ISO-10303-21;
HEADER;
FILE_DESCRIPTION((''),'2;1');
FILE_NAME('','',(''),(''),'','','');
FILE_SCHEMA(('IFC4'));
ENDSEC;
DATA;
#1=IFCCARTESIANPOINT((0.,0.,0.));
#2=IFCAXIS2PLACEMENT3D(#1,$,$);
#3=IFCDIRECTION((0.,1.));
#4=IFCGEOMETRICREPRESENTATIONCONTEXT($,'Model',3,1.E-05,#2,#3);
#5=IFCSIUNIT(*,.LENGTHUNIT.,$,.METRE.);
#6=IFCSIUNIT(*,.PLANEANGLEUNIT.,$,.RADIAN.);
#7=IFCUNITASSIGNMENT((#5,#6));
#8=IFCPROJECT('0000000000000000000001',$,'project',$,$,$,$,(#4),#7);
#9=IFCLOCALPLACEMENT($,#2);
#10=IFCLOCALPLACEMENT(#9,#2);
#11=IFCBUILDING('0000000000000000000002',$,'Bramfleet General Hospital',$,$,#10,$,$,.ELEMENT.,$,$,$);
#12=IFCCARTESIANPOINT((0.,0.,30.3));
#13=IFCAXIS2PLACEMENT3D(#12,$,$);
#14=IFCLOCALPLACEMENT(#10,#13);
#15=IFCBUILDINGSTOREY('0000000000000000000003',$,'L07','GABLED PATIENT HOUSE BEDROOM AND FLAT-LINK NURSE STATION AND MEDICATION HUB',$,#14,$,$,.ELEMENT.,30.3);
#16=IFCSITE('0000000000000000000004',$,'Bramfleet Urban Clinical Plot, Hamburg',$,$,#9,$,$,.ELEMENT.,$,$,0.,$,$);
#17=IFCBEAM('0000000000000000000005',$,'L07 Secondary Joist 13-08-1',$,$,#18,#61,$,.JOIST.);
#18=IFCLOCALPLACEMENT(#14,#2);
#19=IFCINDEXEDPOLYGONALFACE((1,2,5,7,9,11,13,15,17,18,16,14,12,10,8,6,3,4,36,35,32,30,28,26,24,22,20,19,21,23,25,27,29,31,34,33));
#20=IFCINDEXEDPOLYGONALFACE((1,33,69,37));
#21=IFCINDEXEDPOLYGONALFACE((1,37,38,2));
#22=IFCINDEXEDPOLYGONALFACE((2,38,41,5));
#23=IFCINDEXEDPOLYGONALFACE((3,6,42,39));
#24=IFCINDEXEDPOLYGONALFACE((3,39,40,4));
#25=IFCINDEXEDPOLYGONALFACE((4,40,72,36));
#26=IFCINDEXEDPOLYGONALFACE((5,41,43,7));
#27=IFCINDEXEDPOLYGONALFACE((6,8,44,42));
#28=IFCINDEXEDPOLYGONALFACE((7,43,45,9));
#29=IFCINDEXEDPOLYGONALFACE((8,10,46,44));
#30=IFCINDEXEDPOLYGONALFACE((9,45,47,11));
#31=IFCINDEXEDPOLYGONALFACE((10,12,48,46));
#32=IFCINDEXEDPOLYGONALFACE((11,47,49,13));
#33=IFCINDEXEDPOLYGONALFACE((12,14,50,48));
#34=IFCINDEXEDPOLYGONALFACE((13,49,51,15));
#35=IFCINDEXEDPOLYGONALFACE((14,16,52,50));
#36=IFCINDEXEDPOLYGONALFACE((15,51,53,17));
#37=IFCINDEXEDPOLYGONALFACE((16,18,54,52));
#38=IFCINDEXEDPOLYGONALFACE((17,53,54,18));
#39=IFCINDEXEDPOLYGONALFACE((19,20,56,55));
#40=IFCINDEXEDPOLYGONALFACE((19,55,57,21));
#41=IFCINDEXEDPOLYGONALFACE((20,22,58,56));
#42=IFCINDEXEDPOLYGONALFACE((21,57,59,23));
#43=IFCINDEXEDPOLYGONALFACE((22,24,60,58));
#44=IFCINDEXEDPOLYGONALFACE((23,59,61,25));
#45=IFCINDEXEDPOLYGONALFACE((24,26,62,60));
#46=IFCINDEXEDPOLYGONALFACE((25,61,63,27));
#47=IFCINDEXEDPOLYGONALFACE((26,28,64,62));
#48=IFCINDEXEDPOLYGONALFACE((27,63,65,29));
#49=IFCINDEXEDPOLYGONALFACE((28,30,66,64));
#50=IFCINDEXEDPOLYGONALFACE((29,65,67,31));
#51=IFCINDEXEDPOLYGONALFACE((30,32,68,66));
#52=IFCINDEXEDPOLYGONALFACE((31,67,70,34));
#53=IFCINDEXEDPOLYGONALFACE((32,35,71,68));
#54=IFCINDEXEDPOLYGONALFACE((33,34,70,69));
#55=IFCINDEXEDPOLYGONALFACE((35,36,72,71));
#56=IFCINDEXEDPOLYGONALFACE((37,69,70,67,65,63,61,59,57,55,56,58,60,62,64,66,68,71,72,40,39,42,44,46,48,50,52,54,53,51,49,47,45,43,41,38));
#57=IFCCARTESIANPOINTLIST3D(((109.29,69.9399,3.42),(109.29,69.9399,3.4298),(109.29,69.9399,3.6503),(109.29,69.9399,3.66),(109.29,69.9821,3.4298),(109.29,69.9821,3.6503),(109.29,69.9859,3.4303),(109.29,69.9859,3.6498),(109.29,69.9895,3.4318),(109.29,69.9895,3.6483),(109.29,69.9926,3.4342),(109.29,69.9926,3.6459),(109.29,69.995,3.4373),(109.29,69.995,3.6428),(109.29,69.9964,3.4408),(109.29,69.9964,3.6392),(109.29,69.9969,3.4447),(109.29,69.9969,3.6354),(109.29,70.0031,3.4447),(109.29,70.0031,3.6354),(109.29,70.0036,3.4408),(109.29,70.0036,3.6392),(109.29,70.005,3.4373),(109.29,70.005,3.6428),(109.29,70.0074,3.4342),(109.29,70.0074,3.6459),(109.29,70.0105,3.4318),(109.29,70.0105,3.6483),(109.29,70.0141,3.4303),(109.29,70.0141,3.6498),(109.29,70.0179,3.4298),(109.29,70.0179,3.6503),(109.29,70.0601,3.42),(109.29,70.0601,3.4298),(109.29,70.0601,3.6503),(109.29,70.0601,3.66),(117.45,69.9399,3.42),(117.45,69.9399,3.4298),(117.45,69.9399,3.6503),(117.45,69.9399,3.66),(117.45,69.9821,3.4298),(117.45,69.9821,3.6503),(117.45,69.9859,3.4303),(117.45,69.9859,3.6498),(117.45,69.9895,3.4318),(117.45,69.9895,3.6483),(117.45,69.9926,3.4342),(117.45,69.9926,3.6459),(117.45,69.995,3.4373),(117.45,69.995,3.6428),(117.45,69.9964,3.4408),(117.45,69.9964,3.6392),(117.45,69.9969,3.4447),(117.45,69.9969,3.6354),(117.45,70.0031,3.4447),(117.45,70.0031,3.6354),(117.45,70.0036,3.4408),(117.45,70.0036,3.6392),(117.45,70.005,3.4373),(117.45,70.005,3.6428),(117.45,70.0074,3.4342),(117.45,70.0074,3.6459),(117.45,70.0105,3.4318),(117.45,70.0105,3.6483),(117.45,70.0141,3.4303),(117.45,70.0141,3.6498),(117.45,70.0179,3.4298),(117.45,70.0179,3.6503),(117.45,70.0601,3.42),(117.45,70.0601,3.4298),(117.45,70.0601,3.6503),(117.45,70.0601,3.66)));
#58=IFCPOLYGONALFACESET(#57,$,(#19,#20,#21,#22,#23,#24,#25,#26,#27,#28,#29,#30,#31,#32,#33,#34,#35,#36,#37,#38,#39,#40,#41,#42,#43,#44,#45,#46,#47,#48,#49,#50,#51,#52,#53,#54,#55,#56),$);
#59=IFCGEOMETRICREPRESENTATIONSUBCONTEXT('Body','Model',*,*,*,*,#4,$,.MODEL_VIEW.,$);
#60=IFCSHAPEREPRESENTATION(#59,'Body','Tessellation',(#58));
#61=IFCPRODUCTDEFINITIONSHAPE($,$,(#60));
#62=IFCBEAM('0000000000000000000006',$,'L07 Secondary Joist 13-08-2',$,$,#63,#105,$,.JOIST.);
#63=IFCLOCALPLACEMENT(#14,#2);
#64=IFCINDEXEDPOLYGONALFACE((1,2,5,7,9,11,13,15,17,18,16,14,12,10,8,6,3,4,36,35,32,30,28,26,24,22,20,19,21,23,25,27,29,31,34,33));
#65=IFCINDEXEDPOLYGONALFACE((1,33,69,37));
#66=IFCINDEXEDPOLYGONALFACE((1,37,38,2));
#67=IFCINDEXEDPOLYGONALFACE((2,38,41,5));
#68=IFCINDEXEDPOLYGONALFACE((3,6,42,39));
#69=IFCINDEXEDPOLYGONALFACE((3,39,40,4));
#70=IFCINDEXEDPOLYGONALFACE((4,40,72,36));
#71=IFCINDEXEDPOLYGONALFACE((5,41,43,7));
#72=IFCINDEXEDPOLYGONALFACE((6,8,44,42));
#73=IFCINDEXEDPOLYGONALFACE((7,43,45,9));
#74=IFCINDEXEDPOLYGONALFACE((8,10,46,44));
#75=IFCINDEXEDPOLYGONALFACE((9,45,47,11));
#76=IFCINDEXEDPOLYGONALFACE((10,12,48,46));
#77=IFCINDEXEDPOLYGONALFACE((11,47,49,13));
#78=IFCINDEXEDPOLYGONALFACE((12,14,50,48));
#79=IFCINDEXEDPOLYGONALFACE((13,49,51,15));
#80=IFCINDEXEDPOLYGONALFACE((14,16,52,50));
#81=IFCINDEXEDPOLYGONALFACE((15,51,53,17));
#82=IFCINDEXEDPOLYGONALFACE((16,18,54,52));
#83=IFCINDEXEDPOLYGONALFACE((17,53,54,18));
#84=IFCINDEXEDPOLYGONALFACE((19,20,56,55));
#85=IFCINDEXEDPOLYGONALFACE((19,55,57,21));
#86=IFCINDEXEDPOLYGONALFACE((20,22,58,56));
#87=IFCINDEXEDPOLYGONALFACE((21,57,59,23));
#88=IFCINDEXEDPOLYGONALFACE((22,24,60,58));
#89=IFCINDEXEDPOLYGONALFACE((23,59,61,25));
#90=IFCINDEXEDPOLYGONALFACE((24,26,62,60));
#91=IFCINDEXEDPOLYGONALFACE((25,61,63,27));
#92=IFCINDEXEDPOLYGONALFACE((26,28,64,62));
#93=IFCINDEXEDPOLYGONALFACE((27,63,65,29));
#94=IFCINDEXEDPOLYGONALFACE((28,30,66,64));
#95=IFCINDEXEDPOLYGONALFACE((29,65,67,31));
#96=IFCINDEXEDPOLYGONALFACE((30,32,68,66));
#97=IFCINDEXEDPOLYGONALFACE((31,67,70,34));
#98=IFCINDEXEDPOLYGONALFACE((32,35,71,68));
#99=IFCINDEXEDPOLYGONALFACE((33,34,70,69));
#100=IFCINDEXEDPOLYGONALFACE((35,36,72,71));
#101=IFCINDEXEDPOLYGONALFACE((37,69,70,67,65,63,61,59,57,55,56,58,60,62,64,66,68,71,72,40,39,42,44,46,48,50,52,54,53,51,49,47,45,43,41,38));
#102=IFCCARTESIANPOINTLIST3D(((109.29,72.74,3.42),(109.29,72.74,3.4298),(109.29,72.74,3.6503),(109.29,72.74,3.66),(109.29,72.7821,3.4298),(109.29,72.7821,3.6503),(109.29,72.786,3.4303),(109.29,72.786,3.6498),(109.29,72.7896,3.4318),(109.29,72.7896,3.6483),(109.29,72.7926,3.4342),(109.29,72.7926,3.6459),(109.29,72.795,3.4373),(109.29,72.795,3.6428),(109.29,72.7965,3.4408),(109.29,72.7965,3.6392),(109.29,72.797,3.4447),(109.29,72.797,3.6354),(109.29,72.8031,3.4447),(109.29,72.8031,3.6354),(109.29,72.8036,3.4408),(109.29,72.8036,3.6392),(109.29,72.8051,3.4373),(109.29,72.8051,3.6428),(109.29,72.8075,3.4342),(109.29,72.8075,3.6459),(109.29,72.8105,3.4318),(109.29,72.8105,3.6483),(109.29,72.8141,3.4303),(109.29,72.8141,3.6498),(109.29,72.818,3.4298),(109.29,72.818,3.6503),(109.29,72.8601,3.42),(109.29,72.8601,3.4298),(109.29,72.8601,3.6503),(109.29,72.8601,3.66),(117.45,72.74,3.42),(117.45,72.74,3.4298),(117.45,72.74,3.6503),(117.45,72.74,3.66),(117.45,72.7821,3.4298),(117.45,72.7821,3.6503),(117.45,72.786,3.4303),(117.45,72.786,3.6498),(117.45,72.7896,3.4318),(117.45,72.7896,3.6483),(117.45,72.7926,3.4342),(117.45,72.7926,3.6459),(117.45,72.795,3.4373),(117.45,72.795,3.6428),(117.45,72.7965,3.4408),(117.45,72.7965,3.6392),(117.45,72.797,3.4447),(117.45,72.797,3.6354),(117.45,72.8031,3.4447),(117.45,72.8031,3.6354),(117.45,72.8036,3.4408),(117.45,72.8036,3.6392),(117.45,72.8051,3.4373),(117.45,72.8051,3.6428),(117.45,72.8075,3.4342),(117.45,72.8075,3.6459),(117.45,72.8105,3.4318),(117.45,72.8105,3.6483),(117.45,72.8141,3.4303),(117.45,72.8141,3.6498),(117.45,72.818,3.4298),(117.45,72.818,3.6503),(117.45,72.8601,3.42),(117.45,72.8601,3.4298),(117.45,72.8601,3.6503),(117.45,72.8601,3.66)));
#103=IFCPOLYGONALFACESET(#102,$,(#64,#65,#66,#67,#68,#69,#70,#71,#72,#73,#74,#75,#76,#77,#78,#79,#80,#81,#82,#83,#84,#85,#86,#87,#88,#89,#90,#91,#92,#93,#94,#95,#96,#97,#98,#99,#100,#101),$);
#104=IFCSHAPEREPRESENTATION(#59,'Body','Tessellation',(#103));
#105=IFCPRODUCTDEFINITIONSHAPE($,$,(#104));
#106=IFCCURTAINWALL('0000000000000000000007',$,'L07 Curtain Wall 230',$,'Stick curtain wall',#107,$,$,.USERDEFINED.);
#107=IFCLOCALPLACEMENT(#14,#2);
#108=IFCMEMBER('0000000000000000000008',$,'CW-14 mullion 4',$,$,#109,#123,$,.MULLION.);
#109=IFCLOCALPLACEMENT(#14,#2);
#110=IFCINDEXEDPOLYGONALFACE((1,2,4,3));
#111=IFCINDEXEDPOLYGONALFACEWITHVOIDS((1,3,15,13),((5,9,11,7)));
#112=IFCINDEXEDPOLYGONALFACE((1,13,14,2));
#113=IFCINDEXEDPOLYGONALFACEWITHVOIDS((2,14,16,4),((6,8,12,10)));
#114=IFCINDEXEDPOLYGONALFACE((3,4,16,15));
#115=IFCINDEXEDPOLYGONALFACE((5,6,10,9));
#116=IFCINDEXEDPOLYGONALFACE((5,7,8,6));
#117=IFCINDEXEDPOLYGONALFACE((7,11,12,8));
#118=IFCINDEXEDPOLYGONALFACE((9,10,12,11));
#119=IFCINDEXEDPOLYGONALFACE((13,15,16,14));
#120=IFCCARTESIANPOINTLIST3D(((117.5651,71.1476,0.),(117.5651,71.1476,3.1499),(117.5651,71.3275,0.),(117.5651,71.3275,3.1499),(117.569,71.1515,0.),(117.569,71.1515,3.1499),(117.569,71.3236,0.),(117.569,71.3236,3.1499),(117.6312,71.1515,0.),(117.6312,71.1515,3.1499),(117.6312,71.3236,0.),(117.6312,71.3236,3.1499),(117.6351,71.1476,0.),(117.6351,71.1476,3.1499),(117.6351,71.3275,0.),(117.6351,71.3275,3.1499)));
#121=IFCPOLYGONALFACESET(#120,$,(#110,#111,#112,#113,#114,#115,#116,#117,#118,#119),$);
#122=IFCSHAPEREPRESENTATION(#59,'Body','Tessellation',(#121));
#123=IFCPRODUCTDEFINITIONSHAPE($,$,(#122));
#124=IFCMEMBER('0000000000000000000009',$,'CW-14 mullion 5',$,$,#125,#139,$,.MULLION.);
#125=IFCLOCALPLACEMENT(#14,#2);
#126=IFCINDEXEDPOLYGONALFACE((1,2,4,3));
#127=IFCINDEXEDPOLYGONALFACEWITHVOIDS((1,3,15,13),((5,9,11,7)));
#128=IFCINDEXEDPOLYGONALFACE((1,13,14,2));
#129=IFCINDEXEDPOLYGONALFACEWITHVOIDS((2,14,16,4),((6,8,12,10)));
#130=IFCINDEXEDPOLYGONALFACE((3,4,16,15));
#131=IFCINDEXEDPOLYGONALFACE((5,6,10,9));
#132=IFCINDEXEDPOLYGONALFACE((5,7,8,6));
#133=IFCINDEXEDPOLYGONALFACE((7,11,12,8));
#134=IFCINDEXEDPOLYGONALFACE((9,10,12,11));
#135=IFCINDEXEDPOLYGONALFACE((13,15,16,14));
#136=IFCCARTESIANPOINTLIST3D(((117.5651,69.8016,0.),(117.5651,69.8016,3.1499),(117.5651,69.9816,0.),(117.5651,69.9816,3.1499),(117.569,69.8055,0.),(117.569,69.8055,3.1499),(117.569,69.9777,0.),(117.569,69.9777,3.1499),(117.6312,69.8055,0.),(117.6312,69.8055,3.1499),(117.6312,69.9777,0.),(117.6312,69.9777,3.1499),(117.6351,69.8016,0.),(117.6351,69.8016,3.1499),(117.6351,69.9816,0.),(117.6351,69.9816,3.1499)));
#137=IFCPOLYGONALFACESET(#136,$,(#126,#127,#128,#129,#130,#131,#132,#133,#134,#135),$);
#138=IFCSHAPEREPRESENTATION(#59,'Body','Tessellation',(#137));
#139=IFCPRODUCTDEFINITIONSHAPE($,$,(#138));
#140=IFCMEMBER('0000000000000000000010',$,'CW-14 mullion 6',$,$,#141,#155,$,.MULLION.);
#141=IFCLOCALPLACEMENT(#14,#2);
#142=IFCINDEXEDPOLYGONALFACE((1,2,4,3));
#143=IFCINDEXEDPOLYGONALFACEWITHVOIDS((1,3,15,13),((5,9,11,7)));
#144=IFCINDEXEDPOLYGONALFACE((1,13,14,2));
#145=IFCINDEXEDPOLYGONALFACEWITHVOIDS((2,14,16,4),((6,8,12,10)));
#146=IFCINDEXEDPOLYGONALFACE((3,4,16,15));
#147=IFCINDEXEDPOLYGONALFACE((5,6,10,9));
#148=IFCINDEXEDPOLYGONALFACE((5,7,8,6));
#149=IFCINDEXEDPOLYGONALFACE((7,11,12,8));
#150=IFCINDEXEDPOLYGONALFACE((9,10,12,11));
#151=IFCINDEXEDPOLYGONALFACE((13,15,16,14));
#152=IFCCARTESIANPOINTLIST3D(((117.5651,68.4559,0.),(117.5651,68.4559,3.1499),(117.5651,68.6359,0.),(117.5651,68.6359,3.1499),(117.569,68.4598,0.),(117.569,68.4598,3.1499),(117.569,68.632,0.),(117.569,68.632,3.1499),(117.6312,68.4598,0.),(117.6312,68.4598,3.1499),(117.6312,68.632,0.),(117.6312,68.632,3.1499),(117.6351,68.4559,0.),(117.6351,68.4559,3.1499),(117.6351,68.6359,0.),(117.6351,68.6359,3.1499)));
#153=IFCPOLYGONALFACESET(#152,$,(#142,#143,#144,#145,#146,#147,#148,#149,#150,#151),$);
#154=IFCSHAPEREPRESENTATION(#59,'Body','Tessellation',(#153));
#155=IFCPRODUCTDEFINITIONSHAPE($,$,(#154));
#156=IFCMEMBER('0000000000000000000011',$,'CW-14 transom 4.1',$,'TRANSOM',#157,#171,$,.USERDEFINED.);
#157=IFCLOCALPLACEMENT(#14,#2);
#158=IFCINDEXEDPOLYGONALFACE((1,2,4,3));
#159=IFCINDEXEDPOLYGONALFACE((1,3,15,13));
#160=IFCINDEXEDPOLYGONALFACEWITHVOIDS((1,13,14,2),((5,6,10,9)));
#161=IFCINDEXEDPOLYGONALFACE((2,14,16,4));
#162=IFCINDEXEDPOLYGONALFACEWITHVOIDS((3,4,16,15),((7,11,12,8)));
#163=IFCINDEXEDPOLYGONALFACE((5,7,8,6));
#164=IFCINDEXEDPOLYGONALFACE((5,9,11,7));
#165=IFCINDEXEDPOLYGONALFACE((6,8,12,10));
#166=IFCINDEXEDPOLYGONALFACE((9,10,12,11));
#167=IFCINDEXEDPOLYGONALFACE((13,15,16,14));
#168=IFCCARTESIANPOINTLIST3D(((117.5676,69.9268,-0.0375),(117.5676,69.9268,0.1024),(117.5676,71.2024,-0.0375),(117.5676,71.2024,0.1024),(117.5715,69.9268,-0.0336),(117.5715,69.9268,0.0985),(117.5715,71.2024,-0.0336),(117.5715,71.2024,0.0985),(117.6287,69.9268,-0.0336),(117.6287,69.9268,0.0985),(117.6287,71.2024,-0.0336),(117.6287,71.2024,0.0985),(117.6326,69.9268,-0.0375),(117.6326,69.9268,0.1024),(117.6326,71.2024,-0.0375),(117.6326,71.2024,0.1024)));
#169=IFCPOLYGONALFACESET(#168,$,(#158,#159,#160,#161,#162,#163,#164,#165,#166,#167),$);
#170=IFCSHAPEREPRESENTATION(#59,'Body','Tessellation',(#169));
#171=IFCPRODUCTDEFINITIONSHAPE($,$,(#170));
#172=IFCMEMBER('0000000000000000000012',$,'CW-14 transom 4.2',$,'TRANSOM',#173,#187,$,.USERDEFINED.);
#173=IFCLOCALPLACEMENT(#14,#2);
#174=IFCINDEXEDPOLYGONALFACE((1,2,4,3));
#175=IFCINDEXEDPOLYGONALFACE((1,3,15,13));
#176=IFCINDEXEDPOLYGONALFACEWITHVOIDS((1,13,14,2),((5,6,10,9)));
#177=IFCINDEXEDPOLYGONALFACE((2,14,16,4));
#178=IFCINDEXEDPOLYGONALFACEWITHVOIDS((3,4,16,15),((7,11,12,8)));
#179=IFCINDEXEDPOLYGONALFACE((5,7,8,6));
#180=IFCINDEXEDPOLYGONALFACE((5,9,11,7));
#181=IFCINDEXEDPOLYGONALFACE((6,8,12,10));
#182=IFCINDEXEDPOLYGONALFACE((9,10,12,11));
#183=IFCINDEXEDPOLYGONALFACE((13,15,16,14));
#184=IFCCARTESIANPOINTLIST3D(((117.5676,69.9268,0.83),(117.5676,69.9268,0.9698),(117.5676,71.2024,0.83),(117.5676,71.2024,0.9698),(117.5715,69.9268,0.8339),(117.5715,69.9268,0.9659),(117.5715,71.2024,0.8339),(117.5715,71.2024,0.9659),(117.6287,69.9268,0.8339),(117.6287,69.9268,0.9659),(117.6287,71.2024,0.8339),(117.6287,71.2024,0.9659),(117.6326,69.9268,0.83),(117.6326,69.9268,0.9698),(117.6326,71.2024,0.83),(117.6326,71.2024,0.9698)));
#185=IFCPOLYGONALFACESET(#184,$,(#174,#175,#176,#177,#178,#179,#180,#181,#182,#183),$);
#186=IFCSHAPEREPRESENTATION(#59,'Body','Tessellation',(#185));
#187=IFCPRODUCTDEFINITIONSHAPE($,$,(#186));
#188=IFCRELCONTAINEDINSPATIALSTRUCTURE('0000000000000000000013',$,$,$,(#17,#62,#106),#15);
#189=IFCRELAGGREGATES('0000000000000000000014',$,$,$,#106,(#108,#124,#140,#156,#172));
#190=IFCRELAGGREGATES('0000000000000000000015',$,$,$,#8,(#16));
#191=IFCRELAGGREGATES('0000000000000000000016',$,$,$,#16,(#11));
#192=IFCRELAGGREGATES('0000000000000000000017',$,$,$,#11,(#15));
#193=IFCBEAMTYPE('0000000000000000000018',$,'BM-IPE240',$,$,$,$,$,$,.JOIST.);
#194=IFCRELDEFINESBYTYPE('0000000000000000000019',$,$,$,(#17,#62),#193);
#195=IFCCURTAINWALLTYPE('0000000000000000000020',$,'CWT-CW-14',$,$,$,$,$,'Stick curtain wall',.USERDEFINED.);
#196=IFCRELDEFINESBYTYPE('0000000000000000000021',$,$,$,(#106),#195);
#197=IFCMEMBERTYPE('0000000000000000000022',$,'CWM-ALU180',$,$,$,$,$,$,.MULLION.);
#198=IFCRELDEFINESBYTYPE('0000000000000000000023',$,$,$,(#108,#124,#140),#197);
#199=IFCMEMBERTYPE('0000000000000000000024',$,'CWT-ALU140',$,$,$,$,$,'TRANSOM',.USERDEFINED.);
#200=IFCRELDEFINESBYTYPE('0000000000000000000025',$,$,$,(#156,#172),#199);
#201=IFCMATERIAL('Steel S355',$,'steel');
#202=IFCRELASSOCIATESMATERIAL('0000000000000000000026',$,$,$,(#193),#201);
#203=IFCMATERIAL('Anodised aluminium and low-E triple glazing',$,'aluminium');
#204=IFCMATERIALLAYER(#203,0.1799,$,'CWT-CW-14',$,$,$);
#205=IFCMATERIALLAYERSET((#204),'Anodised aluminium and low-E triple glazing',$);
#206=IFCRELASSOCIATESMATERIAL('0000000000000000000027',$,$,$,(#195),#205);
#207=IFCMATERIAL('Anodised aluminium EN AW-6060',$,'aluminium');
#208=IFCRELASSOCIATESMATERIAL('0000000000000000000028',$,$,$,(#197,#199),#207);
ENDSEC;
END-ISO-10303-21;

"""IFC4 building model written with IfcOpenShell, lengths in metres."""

from ifc_helpers import new_model, si_unit, direction, frame, origin, origin_2d, place, context, subcontext, project, spatial, hollow_rectangle, i_section, extrude, material, layer, layer_set, material_profile, profile_set, type_object, element, aggregate, save


model = new_model("IFC4")

# Units and contexts
model_context = context("Model", 3, precision=1e-05, world=origin(), true_north=direction((0.0, 1.0)))
body_context = subcontext(model_context, "Body", "Model", "MODEL_VIEW")
ifc_project = project(units=[si_unit("LENGTHUNIT", "METRE"), si_unit("PLANEANGLEUNIT", "RADIAN")], contexts=[model_context])

# Site, building, storey
site_placement = place(None, origin())
site = spatial("IfcSite", under=ifc_project, at=site_placement, Name="Bramfleet Urban Clinical Plot, Hamburg", CompositionType="ELEMENT", RefElevation=0.0)
building_placement = place(site_placement, origin())
building = spatial("IfcBuilding", under=site, at=building_placement, Name="Bramfleet General Hospital", CompositionType="ELEMENT")
storey_placement = place(building_placement, frame((0.0, 0.0, 30.3)))
storey = spatial("IfcBuildingStorey", under=building, at=storey_placement, Name="L07", Description="GABLED PATIENT HOUSE BEDROOM AND FLAT-LINK NURSE STATION AND MEDICATION HUB", CompositionType="ELEMENT", Elevation=30.3)

# Beams
ifc_material_1 = material(Name="Steel S355", Category="steel")
ifc_material_profile_1 = material_profile(ifc_material_1, i_section(OverallWidth=0.1201, OverallDepth=0.24, WebThickness=0.0061, FlangeThickness=0.0098, FilletRadius=0.0149, at=origin_2d()), Name="IPE 240")
ifc_profile_set_1 = profile_set([ifc_material_profile_1], Name="Steel S355")
beam_type = type_object("IfcBeamType", Name="BM-IPE240", PredefinedType="JOIST", material=ifc_profile_set_1)
for number, where, z_axis, x_axis, name in (
    (1, (109.29, 70.0, 3.54), (1.0, 0.0, 0.0), (0.0, 1.0, 0.0), "L07 Secondary Joist 13-08-1"),
    (2, (109.29, 72.8, 3.54), (1.0, 0.0, 0.0), (0.0, 1.0, 0.0), "L07 Secondary Joist 13-08-2"),
):
    element("IfcBeam", number, at=place(storey_placement, frame(where, z_axis=z_axis, x_axis=x_axis)), inside=storey, type_object=beam_type, Name=name, PredefinedType="JOIST", context=body_context, shape_type="SweptSolid", body=[
        extrude(i_section(OverallWidth=0.1201, OverallDepth=0.24, WebThickness=0.0061, FlangeThickness=0.0098, FilletRadius=0.0149, at=origin_2d()), origin(), (0.0, 0.0, 1.0), 8.1599),
    ])

# Curtain wall, members
ifc_material_2 = material(Name="Anodised aluminium and low-E triple glazing", Category="aluminium")
ifc_layer_1 = layer(ifc_material_2, 0.1799, Name="CWT-CW-14")
ifc_layer_set_1 = layer_set([ifc_layer_1], Name="Anodised aluminium and low-E triple glazing")
curtain_wall_type = type_object("IfcCurtainWallType", Name="CWT-CW-14", ElementType="Stick curtain wall", PredefinedType="USERDEFINED", material=ifc_layer_set_1)
curtain_wall_placement = place(storey_placement, origin())
curtain_wall = element("IfcCurtainWall", 3, at=curtain_wall_placement, inside=storey, type_object=curtain_wall_type, Name="L07 Curtain Wall 230", ObjectType="Stick curtain wall", PredefinedType="USERDEFINED")
ifc_material_3 = material(Name="Anodised aluminium EN AW-6060", Category="aluminium")
ifc_material_profile_2 = material_profile(ifc_material_3, hollow_rectangle(XDim=0.0701, YDim=0.1799, WallThickness=0.0039, at=origin_2d()), Name="ALU 180x70x4.0")
ifc_profile_set_2 = profile_set([ifc_material_profile_2], Name="Anodised aluminium EN AW-6060")
member_type_1 = type_object("IfcMemberType", Name="CWM-ALU180", PredefinedType="MULLION", material=ifc_profile_set_2)
member_1_placement = place(storey_placement, frame((117.6001, 71.2375, 0.0), z_axis=(0.0, 0.0, 1.0), x_axis=(1.0, 0.0, 0.0)))
member_1 = element("IfcMember", 4, at=member_1_placement, type_object=member_type_1, Name="CW-14 mullion 4", PredefinedType="MULLION", context=body_context, shape_type="SweptSolid", body=[
    extrude(hollow_rectangle(XDim=0.0701, YDim=0.1799, WallThickness=0.0039, at=origin_2d()), origin(), (0.0, 0.0, 1.0), 3.1499),
])
member_2_placement = place(storey_placement, frame((117.6001, 69.8916, 0.0), z_axis=(0.0, 0.0, 1.0), x_axis=(1.0, 0.0, 0.0)))
member_2 = element("IfcMember", 5, at=member_2_placement, type_object=member_type_1, Name="CW-14 mullion 5", PredefinedType="MULLION", context=body_context, shape_type="SweptSolid", body=[
    extrude(hollow_rectangle(XDim=0.0701, YDim=0.1799, WallThickness=0.0039, at=origin_2d()), origin(), (0.0, 0.0, 1.0), 3.1499),
])
member_3_placement = place(storey_placement, frame((117.6001, 68.5459, 0.0), z_axis=(0.0, 0.0, 1.0), x_axis=(1.0, 0.0, 0.0)))
member_3 = element("IfcMember", 6, at=member_3_placement, type_object=member_type_1, Name="CW-14 mullion 6", PredefinedType="MULLION", context=body_context, shape_type="SweptSolid", body=[
    extrude(hollow_rectangle(XDim=0.0701, YDim=0.1799, WallThickness=0.0039, at=origin_2d()), origin(), (0.0, 0.0, 1.0), 3.1499),
])
ifc_material_profile_3 = material_profile(ifc_material_3, hollow_rectangle(XDim=0.0649, YDim=0.1399, WallThickness=0.0039, at=origin_2d()), Name="ALU 140x65x4.0")
ifc_profile_set_3 = profile_set([ifc_material_profile_3], Name="Anodised aluminium EN AW-6060")
member_type_2 = type_object("IfcMemberType", Name="CWT-ALU140", ElementType="TRANSOM", PredefinedType="USERDEFINED", material=ifc_profile_set_3)
member_4_placement = place(storey_placement, frame((117.6001, 71.2024, 0.0325), z_axis=(0.0, -1.0, 0.0), x_axis=(1.0, 0.0, 0.0)))
member_4 = element("IfcMember", 7, at=member_4_placement, type_object=member_type_2, Name="CW-14 transom 4.1", ObjectType="TRANSOM", PredefinedType="USERDEFINED", context=body_context, shape_type="SweptSolid", body=[
    extrude(hollow_rectangle(XDim=0.0649, YDim=0.1399, WallThickness=0.0039, at=origin_2d()), origin(), (0.0, 0.0, 1.0), 1.2756),
])
member_5_placement = place(storey_placement, frame((117.6001, 71.2024, 0.8999), z_axis=(0.0, -1.0, 0.0), x_axis=(1.0, 0.0, 0.0)))
member_5 = element("IfcMember", 8, at=member_5_placement, type_object=member_type_2, Name="CW-14 transom 4.2", ObjectType="TRANSOM", PredefinedType="USERDEFINED", context=body_context, shape_type="SweptSolid", body=[
    extrude(hollow_rectangle(XDim=0.0649, YDim=0.1399, WallThickness=0.0039, at=origin_2d()), origin(), (0.0, 0.0, 1.0), 1.2756),
])
aggregate(curtain_wall, [member_1, member_2, member_3, member_4, member_5])

save(model, "model.ifc")
